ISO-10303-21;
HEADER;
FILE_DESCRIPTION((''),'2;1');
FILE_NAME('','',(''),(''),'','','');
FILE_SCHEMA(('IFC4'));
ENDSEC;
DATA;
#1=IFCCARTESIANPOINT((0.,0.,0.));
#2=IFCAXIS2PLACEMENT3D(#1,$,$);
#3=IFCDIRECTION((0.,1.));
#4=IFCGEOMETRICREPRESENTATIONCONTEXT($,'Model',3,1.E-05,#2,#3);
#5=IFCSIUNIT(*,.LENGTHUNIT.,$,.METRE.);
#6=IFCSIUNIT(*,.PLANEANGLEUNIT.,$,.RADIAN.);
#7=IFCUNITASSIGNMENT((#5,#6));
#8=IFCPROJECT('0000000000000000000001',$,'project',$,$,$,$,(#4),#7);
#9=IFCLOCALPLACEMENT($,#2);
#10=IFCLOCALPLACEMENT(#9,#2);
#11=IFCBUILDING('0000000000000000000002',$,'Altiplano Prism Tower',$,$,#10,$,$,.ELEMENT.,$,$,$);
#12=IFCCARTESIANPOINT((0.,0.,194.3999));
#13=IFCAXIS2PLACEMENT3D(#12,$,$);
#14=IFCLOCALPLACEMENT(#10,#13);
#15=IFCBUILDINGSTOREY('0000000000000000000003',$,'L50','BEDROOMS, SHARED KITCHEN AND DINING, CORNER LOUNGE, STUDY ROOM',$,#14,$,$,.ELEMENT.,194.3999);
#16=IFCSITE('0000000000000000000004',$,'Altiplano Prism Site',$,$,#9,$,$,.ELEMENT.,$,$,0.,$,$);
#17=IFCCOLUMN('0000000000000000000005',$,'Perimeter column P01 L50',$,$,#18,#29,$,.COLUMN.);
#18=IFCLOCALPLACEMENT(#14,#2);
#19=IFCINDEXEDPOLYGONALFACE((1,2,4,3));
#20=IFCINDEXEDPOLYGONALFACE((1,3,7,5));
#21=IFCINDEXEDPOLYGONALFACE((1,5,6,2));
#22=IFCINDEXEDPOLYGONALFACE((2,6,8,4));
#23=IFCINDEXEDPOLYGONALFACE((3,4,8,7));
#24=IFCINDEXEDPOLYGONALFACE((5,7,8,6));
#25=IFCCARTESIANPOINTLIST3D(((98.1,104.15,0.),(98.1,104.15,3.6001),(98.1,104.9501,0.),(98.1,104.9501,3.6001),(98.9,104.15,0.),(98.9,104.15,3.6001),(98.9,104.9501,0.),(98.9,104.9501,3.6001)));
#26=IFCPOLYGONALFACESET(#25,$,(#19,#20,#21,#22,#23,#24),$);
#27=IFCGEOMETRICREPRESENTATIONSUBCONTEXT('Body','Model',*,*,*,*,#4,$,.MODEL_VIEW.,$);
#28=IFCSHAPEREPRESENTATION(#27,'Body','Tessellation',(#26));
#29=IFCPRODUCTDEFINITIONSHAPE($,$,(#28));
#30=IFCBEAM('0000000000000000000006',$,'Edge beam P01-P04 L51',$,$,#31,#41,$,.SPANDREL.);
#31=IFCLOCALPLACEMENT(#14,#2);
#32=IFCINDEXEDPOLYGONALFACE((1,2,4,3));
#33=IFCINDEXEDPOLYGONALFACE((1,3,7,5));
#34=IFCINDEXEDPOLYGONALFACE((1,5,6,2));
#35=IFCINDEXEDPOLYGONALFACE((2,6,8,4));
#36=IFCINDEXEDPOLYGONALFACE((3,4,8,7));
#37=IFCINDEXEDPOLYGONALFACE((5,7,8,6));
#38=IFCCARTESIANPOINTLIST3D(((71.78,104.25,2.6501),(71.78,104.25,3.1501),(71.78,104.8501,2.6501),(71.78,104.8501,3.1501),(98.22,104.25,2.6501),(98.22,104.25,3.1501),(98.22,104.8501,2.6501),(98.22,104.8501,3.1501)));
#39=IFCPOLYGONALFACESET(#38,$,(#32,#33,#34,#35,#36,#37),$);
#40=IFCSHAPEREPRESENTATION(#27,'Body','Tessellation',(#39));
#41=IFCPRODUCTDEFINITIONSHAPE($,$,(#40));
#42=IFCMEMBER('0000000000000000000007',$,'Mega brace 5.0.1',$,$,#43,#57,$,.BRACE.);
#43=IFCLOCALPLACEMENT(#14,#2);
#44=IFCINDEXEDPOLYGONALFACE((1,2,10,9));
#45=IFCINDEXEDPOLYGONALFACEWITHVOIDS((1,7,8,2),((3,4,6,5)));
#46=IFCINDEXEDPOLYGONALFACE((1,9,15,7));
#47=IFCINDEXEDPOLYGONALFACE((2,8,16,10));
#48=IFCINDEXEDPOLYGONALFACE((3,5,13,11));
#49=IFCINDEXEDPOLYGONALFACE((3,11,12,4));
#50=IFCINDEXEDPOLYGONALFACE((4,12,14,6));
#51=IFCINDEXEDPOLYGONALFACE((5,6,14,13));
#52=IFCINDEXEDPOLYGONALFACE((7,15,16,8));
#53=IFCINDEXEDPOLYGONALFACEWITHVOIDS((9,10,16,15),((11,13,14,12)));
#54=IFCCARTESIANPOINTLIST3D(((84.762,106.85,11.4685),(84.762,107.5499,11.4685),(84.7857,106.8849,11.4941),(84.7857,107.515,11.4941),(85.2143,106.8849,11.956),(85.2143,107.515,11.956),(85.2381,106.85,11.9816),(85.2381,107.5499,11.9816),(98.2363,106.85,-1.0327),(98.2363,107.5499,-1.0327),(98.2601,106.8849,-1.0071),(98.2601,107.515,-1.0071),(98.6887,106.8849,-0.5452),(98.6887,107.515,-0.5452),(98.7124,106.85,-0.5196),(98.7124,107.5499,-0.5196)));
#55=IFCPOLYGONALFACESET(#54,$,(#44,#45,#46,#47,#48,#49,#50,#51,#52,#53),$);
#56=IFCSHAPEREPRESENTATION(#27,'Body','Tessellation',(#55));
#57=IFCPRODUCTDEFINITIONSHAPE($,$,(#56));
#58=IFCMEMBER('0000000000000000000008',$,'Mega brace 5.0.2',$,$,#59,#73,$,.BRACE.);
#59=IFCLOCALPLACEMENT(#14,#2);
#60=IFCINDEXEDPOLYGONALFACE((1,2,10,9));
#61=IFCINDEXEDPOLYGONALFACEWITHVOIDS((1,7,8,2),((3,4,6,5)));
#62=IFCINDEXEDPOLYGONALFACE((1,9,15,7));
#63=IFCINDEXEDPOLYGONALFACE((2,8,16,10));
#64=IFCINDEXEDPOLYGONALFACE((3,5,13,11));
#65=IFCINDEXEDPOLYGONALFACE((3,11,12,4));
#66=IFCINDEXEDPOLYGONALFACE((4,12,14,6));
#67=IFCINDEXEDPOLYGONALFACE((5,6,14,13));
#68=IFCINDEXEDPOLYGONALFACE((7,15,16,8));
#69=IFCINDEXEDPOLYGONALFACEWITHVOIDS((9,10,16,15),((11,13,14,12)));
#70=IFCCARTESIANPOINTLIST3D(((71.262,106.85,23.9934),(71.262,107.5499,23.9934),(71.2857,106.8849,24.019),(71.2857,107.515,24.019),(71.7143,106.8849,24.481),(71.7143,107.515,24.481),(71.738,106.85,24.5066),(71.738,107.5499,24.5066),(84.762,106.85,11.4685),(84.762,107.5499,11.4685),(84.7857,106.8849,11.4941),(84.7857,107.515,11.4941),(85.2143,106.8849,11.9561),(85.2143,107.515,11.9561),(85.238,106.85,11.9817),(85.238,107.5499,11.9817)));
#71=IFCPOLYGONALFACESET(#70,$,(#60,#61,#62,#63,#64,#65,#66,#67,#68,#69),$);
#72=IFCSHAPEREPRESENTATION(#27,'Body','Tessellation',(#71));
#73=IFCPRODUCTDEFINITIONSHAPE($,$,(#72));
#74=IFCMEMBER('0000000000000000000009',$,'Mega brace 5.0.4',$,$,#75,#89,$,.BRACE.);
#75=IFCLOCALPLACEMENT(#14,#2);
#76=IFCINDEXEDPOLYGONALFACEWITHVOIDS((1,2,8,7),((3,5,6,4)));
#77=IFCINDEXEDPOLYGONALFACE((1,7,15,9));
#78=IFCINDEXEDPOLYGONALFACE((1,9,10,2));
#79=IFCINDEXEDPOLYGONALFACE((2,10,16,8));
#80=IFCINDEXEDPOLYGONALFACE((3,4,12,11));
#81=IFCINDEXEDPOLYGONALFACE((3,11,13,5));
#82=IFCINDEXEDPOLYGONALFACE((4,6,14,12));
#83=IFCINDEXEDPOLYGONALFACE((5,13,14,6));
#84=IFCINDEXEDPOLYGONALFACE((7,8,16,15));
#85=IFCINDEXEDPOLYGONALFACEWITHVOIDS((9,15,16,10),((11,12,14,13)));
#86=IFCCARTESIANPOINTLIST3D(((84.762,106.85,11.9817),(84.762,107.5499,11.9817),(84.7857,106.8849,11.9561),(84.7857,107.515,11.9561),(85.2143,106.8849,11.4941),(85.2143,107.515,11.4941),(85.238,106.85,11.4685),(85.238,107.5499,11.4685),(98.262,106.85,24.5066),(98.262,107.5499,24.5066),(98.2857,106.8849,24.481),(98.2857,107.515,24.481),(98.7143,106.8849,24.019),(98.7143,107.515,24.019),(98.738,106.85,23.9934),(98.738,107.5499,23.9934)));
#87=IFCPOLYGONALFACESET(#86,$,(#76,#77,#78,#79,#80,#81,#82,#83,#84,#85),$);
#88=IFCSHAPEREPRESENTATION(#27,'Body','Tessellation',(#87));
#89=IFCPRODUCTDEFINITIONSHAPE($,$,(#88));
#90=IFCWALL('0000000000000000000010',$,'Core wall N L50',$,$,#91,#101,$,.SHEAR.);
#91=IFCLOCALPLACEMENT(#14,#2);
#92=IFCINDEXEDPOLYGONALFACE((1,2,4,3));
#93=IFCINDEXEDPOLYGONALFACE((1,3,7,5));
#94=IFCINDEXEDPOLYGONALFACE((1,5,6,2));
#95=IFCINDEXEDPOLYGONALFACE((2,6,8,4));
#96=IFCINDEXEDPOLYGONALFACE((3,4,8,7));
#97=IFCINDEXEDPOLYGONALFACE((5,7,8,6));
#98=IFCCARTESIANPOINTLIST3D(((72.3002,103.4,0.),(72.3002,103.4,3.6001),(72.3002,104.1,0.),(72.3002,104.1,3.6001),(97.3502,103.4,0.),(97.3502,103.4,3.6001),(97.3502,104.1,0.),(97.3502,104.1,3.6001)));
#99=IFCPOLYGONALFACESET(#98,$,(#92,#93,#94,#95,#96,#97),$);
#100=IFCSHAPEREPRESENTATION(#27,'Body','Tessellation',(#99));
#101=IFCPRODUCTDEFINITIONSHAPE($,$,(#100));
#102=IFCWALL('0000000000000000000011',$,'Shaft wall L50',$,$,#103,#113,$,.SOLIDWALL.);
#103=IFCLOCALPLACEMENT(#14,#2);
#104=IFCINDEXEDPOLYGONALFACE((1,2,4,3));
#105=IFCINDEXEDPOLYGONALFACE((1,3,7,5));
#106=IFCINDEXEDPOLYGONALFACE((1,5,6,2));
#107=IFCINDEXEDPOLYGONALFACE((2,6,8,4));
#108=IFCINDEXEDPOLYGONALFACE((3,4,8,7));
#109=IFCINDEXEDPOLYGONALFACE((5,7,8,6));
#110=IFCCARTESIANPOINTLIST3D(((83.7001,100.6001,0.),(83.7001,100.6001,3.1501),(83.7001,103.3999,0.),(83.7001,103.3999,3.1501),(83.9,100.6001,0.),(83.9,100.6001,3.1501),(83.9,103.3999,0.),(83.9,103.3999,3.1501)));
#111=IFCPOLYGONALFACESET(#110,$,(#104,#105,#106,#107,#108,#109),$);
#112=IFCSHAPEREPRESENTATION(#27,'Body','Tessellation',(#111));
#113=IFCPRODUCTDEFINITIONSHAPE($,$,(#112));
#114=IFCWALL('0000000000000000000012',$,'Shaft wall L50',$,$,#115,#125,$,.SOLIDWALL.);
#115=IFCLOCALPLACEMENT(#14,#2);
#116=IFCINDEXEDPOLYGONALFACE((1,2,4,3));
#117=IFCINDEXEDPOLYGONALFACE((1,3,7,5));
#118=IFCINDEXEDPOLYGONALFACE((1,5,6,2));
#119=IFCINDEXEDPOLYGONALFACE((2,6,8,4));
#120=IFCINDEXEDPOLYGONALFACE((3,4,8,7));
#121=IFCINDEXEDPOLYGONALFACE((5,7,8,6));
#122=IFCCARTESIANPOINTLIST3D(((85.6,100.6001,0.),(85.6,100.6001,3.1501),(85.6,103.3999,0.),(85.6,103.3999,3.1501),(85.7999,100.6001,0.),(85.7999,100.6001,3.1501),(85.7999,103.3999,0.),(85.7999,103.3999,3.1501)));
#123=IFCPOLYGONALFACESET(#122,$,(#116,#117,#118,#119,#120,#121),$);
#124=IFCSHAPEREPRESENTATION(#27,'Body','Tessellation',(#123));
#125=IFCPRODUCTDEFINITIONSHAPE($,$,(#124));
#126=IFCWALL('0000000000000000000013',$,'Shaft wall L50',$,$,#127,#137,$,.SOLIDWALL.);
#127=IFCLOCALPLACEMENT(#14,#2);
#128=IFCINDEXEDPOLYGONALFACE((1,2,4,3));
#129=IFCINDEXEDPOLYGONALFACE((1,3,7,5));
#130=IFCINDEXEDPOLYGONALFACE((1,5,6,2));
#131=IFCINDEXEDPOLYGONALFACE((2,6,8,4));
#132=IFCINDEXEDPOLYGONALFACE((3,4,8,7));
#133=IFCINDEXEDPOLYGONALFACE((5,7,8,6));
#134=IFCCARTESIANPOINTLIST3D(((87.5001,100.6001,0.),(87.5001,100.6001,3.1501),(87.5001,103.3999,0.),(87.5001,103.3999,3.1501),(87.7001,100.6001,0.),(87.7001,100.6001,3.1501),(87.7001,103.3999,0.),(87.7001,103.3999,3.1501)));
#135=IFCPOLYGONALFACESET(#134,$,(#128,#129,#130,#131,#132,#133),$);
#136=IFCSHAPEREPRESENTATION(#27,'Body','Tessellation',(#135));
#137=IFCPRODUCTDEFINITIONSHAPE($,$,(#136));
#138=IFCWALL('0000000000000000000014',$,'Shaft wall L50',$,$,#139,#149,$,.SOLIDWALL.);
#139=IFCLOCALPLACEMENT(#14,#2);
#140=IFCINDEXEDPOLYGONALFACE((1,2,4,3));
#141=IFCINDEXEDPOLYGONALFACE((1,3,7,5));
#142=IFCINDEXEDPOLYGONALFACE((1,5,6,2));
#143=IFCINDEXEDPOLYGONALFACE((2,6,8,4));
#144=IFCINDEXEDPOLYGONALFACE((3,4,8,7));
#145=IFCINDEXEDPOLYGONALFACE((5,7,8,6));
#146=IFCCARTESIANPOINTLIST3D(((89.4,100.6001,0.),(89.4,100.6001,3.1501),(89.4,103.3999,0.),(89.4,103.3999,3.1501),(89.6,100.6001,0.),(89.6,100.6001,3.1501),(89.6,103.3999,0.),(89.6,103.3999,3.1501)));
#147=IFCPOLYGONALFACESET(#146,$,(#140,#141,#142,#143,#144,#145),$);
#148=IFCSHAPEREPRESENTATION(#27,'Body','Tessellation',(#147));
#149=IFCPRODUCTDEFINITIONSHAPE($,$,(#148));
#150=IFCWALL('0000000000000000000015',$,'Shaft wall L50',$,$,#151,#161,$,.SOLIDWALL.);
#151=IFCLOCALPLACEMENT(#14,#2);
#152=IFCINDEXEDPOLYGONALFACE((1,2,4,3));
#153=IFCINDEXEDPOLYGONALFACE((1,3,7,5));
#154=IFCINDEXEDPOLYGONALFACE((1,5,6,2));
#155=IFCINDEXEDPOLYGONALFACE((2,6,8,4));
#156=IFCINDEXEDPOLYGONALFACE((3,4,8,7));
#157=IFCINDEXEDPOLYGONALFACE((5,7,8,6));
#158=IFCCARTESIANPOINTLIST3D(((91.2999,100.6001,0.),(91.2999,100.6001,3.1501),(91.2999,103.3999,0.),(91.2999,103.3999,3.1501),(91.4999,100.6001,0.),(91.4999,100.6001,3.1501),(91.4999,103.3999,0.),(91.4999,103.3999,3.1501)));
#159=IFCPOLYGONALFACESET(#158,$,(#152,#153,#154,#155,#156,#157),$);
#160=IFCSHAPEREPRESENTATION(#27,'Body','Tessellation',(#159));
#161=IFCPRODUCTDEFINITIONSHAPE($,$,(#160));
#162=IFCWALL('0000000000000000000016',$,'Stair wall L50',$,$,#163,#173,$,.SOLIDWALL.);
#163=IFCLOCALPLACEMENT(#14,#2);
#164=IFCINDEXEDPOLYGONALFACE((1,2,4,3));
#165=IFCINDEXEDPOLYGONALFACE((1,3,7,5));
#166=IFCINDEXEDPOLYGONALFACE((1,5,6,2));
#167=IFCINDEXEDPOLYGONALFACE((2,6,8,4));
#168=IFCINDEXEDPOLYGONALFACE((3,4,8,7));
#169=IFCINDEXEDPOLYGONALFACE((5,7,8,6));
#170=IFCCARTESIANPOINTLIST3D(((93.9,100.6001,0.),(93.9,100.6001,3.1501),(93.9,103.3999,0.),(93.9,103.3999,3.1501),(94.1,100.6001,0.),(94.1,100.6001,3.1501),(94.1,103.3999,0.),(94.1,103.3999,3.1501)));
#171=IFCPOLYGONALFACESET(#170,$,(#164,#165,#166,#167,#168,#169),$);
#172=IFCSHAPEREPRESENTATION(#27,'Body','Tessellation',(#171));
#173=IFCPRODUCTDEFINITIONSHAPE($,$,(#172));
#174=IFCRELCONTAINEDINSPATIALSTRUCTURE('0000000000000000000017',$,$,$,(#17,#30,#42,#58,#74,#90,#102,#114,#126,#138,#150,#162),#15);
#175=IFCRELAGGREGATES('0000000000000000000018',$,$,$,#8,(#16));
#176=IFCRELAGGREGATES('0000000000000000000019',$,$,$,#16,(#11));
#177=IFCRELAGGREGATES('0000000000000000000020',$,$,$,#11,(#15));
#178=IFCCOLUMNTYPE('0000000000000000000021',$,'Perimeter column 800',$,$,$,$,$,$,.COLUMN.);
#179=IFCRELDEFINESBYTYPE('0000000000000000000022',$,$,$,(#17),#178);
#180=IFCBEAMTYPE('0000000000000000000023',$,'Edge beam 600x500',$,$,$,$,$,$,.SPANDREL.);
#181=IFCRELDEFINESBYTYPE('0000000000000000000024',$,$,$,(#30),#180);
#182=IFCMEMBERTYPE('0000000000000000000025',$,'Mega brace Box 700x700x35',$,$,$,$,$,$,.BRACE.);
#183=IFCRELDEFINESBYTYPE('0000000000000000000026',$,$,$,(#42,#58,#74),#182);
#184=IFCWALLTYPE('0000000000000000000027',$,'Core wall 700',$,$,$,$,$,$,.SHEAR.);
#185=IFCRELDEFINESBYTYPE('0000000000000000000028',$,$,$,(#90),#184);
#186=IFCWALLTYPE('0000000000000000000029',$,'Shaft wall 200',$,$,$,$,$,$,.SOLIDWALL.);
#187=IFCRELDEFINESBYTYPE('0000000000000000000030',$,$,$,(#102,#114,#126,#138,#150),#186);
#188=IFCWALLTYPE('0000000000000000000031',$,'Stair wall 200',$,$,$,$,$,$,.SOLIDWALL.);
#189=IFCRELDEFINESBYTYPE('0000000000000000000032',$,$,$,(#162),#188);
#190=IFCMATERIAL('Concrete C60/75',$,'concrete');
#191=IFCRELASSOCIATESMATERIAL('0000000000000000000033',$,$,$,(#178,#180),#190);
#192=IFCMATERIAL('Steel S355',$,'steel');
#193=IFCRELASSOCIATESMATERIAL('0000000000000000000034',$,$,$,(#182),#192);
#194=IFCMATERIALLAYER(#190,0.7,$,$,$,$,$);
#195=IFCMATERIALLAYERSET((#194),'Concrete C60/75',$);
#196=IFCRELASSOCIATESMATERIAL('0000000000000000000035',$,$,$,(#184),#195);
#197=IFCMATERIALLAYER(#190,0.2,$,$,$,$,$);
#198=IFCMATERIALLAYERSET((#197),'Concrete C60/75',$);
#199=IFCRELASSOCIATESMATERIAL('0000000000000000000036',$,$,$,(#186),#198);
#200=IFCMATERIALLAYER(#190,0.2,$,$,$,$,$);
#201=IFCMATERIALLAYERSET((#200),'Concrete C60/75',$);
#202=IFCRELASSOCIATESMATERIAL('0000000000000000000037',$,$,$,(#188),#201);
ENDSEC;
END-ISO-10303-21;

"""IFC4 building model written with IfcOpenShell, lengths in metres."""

from ifc_helpers import new_model, si_unit, direction, frame, frame_2d, origin, origin_2d, place, context, subcontext, project, spatial, rectangle, hollow_rectangle, extrude, material, layer, layer_set, material_profile, profile_set, type_object, element, save


model = new_model("IFC4")

# Units and contexts
model_context = context("Model", 3, precision=1e-05, world=origin(), true_north=direction((0.0, 1.0)))
body_context = subcontext(model_context, "Body", "Model", "MODEL_VIEW")
ifc_project = project(units=[si_unit("LENGTHUNIT", "METRE"), si_unit("PLANEANGLEUNIT", "RADIAN")], contexts=[model_context])

# Site, building, storey
site_placement = place(None, origin())
site = spatial("IfcSite", under=ifc_project, at=site_placement, Name="Altiplano Prism Site", CompositionType="ELEMENT", RefElevation=0.0)
building_placement = place(site_placement, origin())
building = spatial("IfcBuilding", under=site, at=building_placement, Name="Altiplano Prism Tower", CompositionType="ELEMENT")
storey_placement = place(building_placement, frame((0.0, 0.0, 194.3999)))
storey = spatial("IfcBuildingStorey", under=building, at=storey_placement, Name="L50", Description="BEDROOMS, SHARED KITCHEN AND DINING, CORNER LOUNGE, STUDY ROOM", CompositionType="ELEMENT", Elevation=194.3999)

# Column
ifc_material_1 = material(Name="Concrete C60/75", Category="concrete")
ifc_material_profile_1 = material_profile(ifc_material_1, rectangle(XDim=0.8, YDim=0.8, at=origin_2d()), Name="Perimeter column 800")
ifc_profile_set_1 = profile_set([ifc_material_profile_1], Name="Concrete C60/75")
column_type = type_object("IfcColumnType", Name="Perimeter column 800", PredefinedType="COLUMN", material=ifc_profile_set_1)
column_placement = place(storey_placement, frame((98.5, 104.55, 0.0), z_axis=(0.0, 0.0, 1.0), x_axis=(1.0, 0.0, 0.0)))
element("IfcColumn", 1, at=column_placement, inside=storey, type_object=column_type, Name="Perimeter column P01 L50", PredefinedType="COLUMN", context=body_context, shape_type="SweptSolid", body=[
    extrude(rectangle(XDim=0.8, YDim=0.8, at=origin_2d()), origin(), (0.0, 0.0, 1.0), 3.6001),
])

# Beam
ifc_material_profile_2 = material_profile(ifc_material_1, rectangle(XDim=0.6001, YDim=0.5, at=origin_2d()), Name="Edge beam 600x500")
ifc_profile_set_2 = profile_set([ifc_material_profile_2], Name="Concrete C60/75")
beam_type = type_object("IfcBeamType", Name="Edge beam 600x500", PredefinedType="SPANDREL", material=ifc_profile_set_2)
beam_placement = place(storey_placement, frame((98.22, 104.55, 2.9001), z_axis=(-1.0, 0.0, 0.0), x_axis=(0.0, -1.0, 0.0)))
element("IfcBeam", 2, at=beam_placement, inside=storey, type_object=beam_type, Name="Edge beam P01-P04 L51", PredefinedType="SPANDREL", context=body_context, shape_type="SweptSolid", body=[
    extrude(rectangle(XDim=0.6001, YDim=0.5, at=origin_2d()), origin(), (0.0, 0.0, 1.0), 26.4399),
])

# Members
ifc_material_2 = material(Name="Steel S355", Category="steel")
ifc_material_profile_3 = material_profile(ifc_material_2, hollow_rectangle(XDim=0.7, YDim=0.7, WallThickness=0.0349, at=origin_2d()), Name="Mega brace Box 700x700x35")
ifc_profile_set_3 = profile_set([ifc_material_profile_3], Name="Steel S355")
member_type = type_object("IfcMemberType", Name="Mega brace Box 700x700x35", PredefinedType="BRACE", material=ifc_profile_set_3)
member_placement = place(storey_placement, frame((98.4744, 107.2, -0.7761), z_axis=(-0.733083, 0.0, 0.680139), x_axis=(0.0, -1.0, 0.0)))
element("IfcMember", 3, at=member_placement, inside=storey, type_object=member_type, Name="Mega brace 5.0.1", PredefinedType="BRACE", context=body_context, shape_type="SweptSolid", body=[
    extrude(hollow_rectangle(XDim=0.7, YDim=0.7, WallThickness=0.0349, at=origin_2d()), origin(), (0.0, 0.0, 1.0), 18.3804),
])
for number, where, z_axis, x_axis, name in (
    (4, (85.0, 107.2, 11.7251), (-0.733086, 0.0, 0.680136), (0.0, -1.0, 0.0), "Mega brace 5.0.2"),
    (5, (85.0, 107.2, 11.7251), (0.733086, 0.0, 0.680136), (0.0, 1.0, 0.0), "Mega brace 5.0.4"),
):
    element("IfcMember", number, at=place(storey_placement, frame(where, z_axis=z_axis, x_axis=x_axis)), inside=storey, type_object=member_type, Name=name, PredefinedType="BRACE", context=body_context, shape_type="SweptSolid", body=[
        extrude(hollow_rectangle(XDim=0.7, YDim=0.7, WallThickness=0.0349, at=origin_2d()), origin(), (0.0, 0.0, 1.0), 18.4153),
    ])

# Walls
ifc_layer_1 = layer(ifc_material_1, 0.7)
ifc_layer_set_1 = layer_set([ifc_layer_1], Name="Concrete C60/75")
wall_type_1 = type_object("IfcWallType", Name="Core wall 700", PredefinedType="SHEAR", material=ifc_layer_set_1)
wall_1_placement = place(storey_placement, frame((97.3501, 103.75, 0.0), z_axis=(0.0, 0.0, 1.0), x_axis=(-1.0, 0.0, 0.0)))
element("IfcWall", 6, at=wall_1_placement, inside=storey, type_object=wall_type_1, Name="Core wall N L50", PredefinedType="SHEAR", context=body_context, shape_type="SweptSolid", body=[
    extrude(rectangle(XDim=25.05, YDim=0.7, at=frame_2d((12.5249, 0.0))), origin(), (0.0, 0.0, 1.0), 3.6001),
])
ifc_layer_2 = layer(ifc_material_1, 0.2)
ifc_layer_set_2 = layer_set([ifc_layer_2], Name="Concrete C60/75")
wall_type_2 = type_object("IfcWallType", Name="Shaft wall 200", PredefinedType="SOLIDWALL", material=ifc_layer_set_2)
for number, where, z_axis, x_axis, name in (
    (7, (83.8, 100.6001, 0.0), (0.0, 0.0, 1.0), (0.0, 1.0, 0.0), "Shaft wall L50"),
    (8, (85.7, 100.6001, 0.0), (0.0, 0.0, 1.0), (0.0, 1.0, 0.0), "Shaft wall L50"),
    (9, (87.6001, 100.6001, 0.0), (0.0, 0.0, 1.0), (0.0, 1.0, 0.0), "Shaft wall L50"),
    (10, (89.5, 100.6001, 0.0), (0.0, 0.0, 1.0), (0.0, 1.0, 0.0), "Shaft wall L50"),
    (11, (91.3999, 100.6001, 0.0), (0.0, 0.0, 1.0), (0.0, 1.0, 0.0), "Shaft wall L50"),
):
    element("IfcWall", number, at=place(storey_placement, frame(where, z_axis=z_axis, x_axis=x_axis)), inside=storey, type_object=wall_type_2, Name=name, PredefinedType="SOLIDWALL", context=body_context, shape_type="SweptSolid", body=[
        extrude(rectangle(XDim=2.7998, YDim=0.2, at=frame_2d((1.3999, 0.0))), origin(), (0.0, 0.0, 1.0), 3.1501),
    ])
ifc_layer_3 = layer(ifc_material_1, 0.2)
ifc_layer_set_3 = layer_set([ifc_layer_3], Name="Concrete C60/75")
wall_type_3 = type_object("IfcWallType", Name="Stair wall 200", PredefinedType="SOLIDWALL", material=ifc_layer_set_3)
wall_2_placement = place(storey_placement, frame((94.0, 100.6001, 0.0), z_axis=(0.0, 0.0, 1.0), x_axis=(0.0, 1.0, 0.0)))
element("IfcWall", 12, at=wall_2_placement, inside=storey, type_object=wall_type_3, Name="Stair wall L50", PredefinedType="SOLIDWALL", context=body_context, shape_type="SweptSolid", body=[
    extrude(rectangle(XDim=2.7998, YDim=0.2, at=frame_2d((1.3999, 0.0))), origin(), (0.0, 0.0, 1.0), 3.1501),
])

save(model, "model.ifc")
